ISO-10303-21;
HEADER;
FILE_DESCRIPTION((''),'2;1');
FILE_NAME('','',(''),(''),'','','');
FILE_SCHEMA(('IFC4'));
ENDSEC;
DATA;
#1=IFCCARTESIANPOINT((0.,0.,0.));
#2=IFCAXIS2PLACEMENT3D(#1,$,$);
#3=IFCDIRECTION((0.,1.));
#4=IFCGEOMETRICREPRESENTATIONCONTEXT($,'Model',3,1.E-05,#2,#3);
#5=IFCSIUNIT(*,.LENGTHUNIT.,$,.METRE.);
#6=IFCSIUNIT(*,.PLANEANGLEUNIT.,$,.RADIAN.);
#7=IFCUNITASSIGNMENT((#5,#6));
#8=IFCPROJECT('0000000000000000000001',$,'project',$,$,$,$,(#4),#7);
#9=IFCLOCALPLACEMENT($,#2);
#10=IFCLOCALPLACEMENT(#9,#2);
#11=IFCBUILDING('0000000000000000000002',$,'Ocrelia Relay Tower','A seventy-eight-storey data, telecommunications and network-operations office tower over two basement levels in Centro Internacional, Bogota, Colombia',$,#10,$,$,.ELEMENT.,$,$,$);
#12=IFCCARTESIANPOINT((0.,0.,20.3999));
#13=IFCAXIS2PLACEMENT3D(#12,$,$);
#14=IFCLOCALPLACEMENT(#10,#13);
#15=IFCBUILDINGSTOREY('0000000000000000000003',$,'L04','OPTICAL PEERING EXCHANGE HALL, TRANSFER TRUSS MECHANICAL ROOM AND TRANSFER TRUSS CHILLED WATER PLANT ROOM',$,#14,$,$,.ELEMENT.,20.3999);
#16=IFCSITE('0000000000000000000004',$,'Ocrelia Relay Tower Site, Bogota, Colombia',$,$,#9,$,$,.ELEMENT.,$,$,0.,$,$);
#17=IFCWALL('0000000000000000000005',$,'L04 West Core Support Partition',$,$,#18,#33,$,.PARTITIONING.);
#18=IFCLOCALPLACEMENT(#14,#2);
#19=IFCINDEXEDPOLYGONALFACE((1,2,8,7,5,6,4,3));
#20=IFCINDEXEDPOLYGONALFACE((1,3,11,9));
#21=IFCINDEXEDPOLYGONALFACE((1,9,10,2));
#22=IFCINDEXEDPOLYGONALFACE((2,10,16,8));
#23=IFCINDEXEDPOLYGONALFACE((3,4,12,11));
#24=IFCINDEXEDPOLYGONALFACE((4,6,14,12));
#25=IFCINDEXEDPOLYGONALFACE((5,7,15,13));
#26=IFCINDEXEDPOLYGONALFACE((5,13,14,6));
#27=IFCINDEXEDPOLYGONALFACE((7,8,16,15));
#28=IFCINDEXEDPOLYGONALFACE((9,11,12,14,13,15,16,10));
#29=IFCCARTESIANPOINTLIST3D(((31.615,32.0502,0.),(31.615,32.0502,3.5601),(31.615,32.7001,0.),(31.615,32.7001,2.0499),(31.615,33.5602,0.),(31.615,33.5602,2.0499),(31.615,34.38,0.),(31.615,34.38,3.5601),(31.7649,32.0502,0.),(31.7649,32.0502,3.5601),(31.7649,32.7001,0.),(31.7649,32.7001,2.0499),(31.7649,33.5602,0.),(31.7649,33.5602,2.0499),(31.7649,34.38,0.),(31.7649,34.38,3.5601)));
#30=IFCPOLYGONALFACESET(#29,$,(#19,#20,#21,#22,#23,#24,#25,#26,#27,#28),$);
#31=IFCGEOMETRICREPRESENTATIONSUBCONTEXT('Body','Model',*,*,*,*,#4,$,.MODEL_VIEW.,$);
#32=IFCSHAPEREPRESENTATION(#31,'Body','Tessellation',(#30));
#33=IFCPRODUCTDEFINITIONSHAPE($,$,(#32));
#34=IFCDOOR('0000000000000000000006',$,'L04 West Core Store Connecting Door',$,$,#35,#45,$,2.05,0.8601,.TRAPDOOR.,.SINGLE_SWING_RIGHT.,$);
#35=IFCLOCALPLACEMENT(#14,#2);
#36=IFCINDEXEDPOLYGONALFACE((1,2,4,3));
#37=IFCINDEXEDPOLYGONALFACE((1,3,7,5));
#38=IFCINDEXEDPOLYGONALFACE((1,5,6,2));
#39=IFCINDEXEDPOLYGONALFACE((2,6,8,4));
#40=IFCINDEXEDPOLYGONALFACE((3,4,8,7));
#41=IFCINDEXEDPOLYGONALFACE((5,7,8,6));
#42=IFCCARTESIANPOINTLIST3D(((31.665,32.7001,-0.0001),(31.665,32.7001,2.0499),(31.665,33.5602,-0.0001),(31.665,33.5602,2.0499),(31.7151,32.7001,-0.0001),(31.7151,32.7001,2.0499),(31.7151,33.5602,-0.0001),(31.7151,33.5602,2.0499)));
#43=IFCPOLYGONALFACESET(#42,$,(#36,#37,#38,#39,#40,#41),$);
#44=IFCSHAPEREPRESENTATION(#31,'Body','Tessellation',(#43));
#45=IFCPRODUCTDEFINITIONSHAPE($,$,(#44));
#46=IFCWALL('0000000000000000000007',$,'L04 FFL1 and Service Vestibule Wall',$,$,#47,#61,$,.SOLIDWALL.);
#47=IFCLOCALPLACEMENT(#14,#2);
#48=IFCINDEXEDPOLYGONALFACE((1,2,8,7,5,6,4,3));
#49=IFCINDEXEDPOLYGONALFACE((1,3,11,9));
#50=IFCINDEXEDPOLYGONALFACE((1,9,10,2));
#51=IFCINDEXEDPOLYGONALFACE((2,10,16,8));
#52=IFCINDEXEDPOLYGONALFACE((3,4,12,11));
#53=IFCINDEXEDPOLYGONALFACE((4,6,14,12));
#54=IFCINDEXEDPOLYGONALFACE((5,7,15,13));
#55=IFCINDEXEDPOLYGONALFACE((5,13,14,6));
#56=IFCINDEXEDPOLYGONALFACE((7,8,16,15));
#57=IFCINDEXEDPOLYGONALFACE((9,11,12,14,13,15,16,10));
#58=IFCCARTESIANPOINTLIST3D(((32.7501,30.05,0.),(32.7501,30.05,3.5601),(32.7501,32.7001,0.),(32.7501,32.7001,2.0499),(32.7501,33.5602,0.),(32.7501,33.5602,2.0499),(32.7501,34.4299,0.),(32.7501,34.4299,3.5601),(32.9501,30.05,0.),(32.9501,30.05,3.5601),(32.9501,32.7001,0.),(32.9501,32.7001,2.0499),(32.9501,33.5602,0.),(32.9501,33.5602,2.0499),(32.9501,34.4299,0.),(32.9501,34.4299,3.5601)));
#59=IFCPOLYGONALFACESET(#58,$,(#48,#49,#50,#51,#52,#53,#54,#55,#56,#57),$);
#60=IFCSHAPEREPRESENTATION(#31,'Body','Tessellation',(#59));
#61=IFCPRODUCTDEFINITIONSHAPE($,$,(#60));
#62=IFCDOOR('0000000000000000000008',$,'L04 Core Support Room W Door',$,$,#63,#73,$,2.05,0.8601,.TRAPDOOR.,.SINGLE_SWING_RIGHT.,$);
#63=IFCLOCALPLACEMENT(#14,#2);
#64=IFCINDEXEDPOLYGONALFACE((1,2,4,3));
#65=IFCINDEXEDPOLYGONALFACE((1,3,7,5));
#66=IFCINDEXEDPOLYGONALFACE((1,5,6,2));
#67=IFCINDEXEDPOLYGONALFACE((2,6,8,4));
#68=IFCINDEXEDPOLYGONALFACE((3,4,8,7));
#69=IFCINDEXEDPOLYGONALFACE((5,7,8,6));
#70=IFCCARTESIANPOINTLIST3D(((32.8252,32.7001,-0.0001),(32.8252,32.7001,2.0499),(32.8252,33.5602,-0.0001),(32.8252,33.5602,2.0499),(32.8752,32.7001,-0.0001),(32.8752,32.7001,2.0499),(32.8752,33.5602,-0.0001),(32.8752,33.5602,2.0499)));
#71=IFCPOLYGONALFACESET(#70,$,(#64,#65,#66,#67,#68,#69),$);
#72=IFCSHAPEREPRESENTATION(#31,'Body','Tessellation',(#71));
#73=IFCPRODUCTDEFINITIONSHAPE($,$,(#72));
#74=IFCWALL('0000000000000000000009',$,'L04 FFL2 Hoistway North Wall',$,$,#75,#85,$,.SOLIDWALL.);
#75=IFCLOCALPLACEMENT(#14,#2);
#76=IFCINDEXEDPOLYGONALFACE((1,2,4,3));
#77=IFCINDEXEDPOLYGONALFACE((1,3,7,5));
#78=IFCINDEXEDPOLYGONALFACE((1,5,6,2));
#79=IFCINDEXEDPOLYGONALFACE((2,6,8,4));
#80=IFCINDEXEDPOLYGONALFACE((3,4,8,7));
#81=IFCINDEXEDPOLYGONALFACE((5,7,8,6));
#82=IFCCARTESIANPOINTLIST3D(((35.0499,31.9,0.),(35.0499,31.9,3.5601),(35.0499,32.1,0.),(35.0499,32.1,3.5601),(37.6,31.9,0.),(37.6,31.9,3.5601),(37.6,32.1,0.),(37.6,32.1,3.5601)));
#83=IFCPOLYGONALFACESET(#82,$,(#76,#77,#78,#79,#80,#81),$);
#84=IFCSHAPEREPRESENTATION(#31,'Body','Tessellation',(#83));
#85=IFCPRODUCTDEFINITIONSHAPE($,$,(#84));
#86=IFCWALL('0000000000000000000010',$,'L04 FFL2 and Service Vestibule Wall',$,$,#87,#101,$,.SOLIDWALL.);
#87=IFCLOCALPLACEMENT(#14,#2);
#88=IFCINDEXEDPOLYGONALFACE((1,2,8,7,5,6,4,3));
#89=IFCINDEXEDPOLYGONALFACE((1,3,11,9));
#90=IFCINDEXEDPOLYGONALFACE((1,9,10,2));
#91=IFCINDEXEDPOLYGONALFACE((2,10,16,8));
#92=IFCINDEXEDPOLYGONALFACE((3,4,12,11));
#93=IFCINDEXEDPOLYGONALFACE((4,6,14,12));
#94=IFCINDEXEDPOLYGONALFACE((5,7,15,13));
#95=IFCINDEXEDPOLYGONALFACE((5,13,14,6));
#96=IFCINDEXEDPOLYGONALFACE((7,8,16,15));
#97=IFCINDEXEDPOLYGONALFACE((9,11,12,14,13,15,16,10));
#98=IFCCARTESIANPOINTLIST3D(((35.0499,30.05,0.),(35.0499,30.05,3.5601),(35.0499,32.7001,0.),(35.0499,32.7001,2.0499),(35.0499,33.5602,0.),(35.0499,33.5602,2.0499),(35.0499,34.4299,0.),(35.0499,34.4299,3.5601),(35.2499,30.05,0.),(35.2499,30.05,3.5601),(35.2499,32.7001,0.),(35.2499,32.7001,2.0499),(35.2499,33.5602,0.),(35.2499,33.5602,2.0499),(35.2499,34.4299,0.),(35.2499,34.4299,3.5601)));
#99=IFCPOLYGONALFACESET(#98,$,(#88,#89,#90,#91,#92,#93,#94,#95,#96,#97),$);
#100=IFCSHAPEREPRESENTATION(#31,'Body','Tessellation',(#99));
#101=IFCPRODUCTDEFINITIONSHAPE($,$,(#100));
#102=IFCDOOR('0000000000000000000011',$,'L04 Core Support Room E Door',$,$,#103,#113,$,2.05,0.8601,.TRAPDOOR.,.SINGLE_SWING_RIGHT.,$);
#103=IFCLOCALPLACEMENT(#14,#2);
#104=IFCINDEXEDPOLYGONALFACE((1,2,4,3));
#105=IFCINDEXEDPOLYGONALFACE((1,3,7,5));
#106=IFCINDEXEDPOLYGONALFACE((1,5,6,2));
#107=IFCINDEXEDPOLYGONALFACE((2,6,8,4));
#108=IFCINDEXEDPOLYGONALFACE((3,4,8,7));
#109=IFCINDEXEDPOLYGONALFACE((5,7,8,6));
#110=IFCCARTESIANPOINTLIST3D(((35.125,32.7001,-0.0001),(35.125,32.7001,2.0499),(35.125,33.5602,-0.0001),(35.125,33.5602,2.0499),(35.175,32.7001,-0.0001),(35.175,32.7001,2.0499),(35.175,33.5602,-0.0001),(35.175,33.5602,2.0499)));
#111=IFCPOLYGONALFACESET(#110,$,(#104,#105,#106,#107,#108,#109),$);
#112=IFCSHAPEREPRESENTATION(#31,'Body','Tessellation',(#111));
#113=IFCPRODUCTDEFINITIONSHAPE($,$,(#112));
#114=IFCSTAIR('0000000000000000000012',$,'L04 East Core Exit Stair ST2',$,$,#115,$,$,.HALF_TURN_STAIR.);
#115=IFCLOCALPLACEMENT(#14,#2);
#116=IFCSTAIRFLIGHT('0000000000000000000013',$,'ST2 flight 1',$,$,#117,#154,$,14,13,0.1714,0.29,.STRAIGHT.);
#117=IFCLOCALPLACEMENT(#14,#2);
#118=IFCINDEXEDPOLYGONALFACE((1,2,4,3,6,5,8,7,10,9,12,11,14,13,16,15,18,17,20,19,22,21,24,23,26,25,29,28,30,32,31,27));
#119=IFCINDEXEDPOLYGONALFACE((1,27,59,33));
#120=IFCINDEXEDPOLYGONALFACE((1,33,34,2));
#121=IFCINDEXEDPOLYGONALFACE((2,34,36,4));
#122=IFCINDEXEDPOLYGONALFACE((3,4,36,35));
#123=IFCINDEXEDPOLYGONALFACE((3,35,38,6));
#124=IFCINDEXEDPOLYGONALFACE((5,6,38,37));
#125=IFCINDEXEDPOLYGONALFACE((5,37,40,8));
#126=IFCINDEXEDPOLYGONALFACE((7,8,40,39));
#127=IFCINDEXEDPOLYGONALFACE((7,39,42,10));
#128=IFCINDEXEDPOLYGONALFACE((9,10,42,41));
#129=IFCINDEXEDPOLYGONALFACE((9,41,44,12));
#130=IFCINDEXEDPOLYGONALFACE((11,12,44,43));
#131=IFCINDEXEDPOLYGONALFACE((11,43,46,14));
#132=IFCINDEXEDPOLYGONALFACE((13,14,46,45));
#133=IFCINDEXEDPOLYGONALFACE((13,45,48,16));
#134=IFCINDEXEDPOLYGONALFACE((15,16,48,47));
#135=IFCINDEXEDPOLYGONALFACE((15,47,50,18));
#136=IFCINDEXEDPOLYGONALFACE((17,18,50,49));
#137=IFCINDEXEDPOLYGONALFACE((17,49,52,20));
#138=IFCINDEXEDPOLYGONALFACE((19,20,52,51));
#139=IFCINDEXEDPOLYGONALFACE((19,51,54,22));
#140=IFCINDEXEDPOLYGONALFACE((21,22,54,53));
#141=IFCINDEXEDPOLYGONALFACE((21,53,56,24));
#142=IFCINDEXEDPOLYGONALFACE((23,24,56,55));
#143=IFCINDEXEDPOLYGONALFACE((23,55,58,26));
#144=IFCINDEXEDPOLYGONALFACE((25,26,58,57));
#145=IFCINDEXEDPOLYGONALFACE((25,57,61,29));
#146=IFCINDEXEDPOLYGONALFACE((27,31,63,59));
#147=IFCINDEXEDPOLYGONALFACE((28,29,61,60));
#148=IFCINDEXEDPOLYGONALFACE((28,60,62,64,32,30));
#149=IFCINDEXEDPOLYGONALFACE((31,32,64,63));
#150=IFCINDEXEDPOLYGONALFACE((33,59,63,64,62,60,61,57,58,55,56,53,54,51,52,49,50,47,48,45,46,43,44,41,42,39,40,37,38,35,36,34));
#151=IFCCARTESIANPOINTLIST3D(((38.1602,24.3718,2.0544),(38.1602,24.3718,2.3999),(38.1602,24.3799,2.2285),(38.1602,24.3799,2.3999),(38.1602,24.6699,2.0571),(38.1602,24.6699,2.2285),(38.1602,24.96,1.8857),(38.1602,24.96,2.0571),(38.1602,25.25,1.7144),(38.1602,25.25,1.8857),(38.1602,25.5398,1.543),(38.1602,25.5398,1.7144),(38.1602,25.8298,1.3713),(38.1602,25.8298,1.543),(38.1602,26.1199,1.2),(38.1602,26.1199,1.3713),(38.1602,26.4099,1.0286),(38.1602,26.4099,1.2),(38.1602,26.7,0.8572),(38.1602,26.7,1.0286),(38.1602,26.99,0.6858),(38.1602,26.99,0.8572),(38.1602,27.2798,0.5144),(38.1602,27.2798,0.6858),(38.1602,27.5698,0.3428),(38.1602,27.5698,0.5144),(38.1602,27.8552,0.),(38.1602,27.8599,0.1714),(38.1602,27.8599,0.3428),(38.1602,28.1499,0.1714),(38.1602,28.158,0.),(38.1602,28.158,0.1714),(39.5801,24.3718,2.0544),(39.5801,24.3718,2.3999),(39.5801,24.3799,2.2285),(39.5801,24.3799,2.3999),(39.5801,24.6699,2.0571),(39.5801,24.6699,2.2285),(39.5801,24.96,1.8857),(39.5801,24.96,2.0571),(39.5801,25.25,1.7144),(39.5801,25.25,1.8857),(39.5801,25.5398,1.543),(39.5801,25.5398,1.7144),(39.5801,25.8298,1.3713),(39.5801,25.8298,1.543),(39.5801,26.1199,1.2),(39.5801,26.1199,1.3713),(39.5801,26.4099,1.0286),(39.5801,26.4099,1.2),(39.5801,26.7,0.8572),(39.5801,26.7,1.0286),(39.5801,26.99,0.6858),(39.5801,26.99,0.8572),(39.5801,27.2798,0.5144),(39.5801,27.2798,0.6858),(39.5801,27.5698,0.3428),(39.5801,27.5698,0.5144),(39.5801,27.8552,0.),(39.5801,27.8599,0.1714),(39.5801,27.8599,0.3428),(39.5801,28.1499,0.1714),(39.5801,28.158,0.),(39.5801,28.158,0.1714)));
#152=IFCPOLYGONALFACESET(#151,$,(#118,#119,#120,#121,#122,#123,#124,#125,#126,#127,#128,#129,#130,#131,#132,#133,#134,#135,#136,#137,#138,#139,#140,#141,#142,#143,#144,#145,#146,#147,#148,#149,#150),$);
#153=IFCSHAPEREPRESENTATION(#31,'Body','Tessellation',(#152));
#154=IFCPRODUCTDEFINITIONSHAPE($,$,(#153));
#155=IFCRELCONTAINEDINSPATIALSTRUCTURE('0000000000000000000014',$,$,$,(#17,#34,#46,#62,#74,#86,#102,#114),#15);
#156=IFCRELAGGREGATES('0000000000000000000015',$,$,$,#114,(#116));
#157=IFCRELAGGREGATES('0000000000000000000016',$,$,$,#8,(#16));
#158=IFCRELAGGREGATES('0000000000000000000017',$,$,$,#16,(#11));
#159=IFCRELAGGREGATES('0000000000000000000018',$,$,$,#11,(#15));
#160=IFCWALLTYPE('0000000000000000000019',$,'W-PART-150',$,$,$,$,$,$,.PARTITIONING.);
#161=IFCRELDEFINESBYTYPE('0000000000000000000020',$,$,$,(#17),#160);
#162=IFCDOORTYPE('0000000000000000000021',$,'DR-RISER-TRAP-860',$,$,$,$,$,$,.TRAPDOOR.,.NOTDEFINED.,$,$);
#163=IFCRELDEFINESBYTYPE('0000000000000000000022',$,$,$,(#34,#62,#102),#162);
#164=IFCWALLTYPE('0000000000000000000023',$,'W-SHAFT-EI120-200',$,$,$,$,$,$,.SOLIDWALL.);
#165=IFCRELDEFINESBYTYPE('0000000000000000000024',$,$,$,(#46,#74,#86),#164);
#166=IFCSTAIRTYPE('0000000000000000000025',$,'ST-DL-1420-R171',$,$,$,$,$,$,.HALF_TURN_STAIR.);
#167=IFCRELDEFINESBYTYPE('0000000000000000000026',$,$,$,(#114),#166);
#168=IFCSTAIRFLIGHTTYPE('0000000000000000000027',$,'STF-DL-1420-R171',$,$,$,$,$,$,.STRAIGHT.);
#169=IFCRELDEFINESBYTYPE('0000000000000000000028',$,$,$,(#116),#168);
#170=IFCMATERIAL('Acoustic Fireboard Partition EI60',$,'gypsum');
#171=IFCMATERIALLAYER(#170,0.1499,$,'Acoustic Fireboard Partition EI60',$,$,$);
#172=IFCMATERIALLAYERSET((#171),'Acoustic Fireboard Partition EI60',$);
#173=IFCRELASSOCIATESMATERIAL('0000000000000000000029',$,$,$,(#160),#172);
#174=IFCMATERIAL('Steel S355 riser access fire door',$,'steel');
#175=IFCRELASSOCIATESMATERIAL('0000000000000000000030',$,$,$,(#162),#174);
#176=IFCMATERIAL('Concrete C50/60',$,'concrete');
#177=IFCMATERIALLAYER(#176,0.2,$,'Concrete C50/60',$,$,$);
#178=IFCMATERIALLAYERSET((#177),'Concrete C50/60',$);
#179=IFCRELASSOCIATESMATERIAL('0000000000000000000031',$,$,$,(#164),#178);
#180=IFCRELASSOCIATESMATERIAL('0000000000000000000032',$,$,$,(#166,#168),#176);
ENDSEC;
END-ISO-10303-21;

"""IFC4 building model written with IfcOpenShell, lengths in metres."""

from ifc_helpers import new_model, si_unit, direction, frame, frame_2d, origin, place, context, subcontext, project, spatial, polyline, rectangle, outline, extrude, material, layer, layer_set, type_object, element, fill, aggregate, save


model = new_model("IFC4")

# Units and contexts
model_context = context("Model", 3, precision=1e-05, world=origin(), true_north=direction((0.0, 1.0)))
body_context = subcontext(model_context, "Body", "Model", "MODEL_VIEW")
ifc_project = project(units=[si_unit("LENGTHUNIT", "METRE"), si_unit("PLANEANGLEUNIT", "RADIAN")], contexts=[model_context])

# Site, building, storey
site_placement = place(None, origin())
site = spatial("IfcSite", under=ifc_project, at=site_placement, Name="Ocrelia Relay Tower Site, Bogota, Colombia", CompositionType="ELEMENT", RefElevation=0.0)
building_placement = place(site_placement, origin())
building = spatial("IfcBuilding", under=site, at=building_placement, Name="Ocrelia Relay Tower", Description="A seventy-eight-storey data, telecommunications and network-operations office tower over two basement levels in Centro Internacional, Bogota, Colombia", CompositionType="ELEMENT")
storey_placement = place(building_placement, frame((0.0, 0.0, 20.3999)))
storey = spatial("IfcBuildingStorey", under=building, at=storey_placement, Name="L04", Description="OPTICAL PEERING EXCHANGE HALL, TRANSFER TRUSS MECHANICAL ROOM AND TRANSFER TRUSS CHILLED WATER PLANT ROOM", CompositionType="ELEMENT", Elevation=20.3999)

# Walls, openings, doors
ifc_material_1 = material(Name="Concrete C50/60", Category="concrete")
ifc_material_2 = material(Name="Acoustic Fireboard Partition EI60", Category="gypsum")
ifc_layer_1 = layer(ifc_material_2, 0.1499, Name="Acoustic Fireboard Partition EI60")
ifc_layer_set_1 = layer_set([ifc_layer_1], Name="Acoustic Fireboard Partition EI60")
wall_type_1 = type_object("IfcWallType", Name="W-PART-150", PredefinedType="PARTITIONING", material=ifc_layer_set_1)
wall_1_placement = place(storey_placement, frame((31.6899, 32.05, 0.0), z_axis=(0.0, 0.0, 1.0), x_axis=(0.0, 1.0, 0.0)))
wall_1 = element("IfcWall", 1, at=wall_1_placement, inside=storey, type_object=wall_type_1, Name="L04 West Core Support Partition", PredefinedType="PARTITIONING", context=body_context, shape_type="SweptSolid", body=[
    extrude(rectangle(XDim=2.3298, YDim=0.1499, at=frame_2d((1.165, 0.0))), origin(), (0.0, 0.0, 1.0), 3.5601),
])
opening_1_placement = place(wall_1_placement, frame((0.6499, 0.0, 0.0)))
opening_1 = element("IfcOpeningElement", 2, at=opening_1_placement, cuts=wall_1, PredefinedType="OPENING", context=body_context, shape_type="SweptSolid", body=[
    extrude(rectangle(XDim=0.8601, YDim=2.05, at=frame_2d((0.4302, 1.0249))), frame((0.0, 0.085, 0.0), z_axis=(0.0, -1.0, 0.0), x_axis=(1.0, 0.0, 0.0)), (0.0, 0.0, 1.0), 0.1699),
])
ifc_material_3 = material(Name="Steel S355 riser access fire door", Category="steel")
door_type_1 = type_object("IfcDoorType", Name="DR-RISER-TRAP-860", OperationType="NOTDEFINED", PredefinedType="TRAPDOOR", material=ifc_material_3)
door_1_placement = place(opening_1_placement, origin())
door_1 = element("IfcDoor", 3, at=door_1_placement, inside=storey, type_object=door_type_1, Name="L04 West Core Store Connecting Door", OperationType="SINGLE_SWING_RIGHT", OverallHeight=2.05, OverallWidth=0.8601, PredefinedType="TRAPDOOR", context=body_context, shape_type="SweptSolid", body=[
    extrude(rectangle(XDim=0.8601, YDim=2.05, at=frame_2d((0.4302, 1.0249))), frame((0.0, 0.0249, 0.0), z_axis=(0.0, -1.0, 0.0), x_axis=(1.0, 0.0, 0.0)), (0.0, 0.0, 1.0), 0.05),
])
fill(opening_1, door_1)
ifc_layer_2 = layer(ifc_material_1, 0.2, Name="Concrete C50/60")
ifc_layer_set_2 = layer_set([ifc_layer_2], Name="Concrete C50/60")
wall_type_2 = type_object("IfcWallType", Name="W-SHAFT-EI120-200", PredefinedType="SOLIDWALL", material=ifc_layer_set_2)
wall_2_placement = place(storey_placement, frame((32.8501, 30.05, 0.0), z_axis=(0.0, 0.0, 1.0), x_axis=(0.0, 1.0, 0.0)))
wall_2 = element("IfcWall", 4, at=wall_2_placement, inside=storey, type_object=wall_type_2, Name="L04 FFL1 and Service Vestibule Wall", PredefinedType="SOLIDWALL", context=body_context, shape_type="SweptSolid", body=[
    extrude(rectangle(XDim=4.3799, YDim=0.2, at=frame_2d((2.1899, 0.0))), origin(), (0.0, 0.0, 1.0), 3.5601),
])
opening_2_placement = place(wall_2_placement, frame((2.6499, 0.0, 0.0)))
opening_2 = element("IfcOpeningElement", 5, at=opening_2_placement, cuts=wall_2, PredefinedType="OPENING", context=body_context, shape_type="SweptSolid", body=[
    extrude(rectangle(XDim=0.8601, YDim=2.05, at=frame_2d((0.4302, 1.0249))), frame((0.0, 0.1099, 0.0), z_axis=(0.0, -1.0, 0.0), x_axis=(1.0, 0.0, 0.0)), (0.0, 0.0, 1.0), 0.22),
])
door_2_placement = place(opening_2_placement, origin())
door_2 = element("IfcDoor", 6, at=door_2_placement, inside=storey, type_object=door_type_1, Name="L04 Core Support Room W Door", OperationType="SINGLE_SWING_RIGHT", OverallHeight=2.05, OverallWidth=0.8601, PredefinedType="TRAPDOOR", context=body_context, shape_type="SweptSolid", body=[
    extrude(rectangle(XDim=0.8601, YDim=2.05, at=frame_2d((0.4302, 1.0249))), frame((0.0, 0.0249, 0.0), z_axis=(0.0, -1.0, 0.0), x_axis=(1.0, 0.0, 0.0)), (0.0, 0.0, 1.0), 0.05),
])
fill(opening_2, door_2)

# Wall
wall_3_placement = place(storey_placement, frame((35.05, 32.0, 0.0), z_axis=(0.0, 0.0, 1.0), x_axis=(1.0, 0.0, 0.0)))
element("IfcWall", 7, at=wall_3_placement, inside=storey, type_object=wall_type_2, Name="L04 FFL2 Hoistway North Wall", PredefinedType="SOLIDWALL", context=body_context, shape_type="SweptSolid", body=[
    extrude(rectangle(XDim=2.55, YDim=0.2, at=frame_2d((1.2749, 0.0))), origin(), (0.0, 0.0, 1.0), 3.5601),
])

# Wall, opening, door
wall_4_placement = place(storey_placement, frame((35.1499, 30.05, 0.0), z_axis=(0.0, 0.0, 1.0), x_axis=(0.0, 1.0, 0.0)))
wall_4 = element("IfcWall", 8, at=wall_4_placement, inside=storey, type_object=wall_type_2, Name="L04 FFL2 and Service Vestibule Wall", PredefinedType="SOLIDWALL", context=body_context, shape_type="SweptSolid", body=[
    extrude(rectangle(XDim=4.3799, YDim=0.2, at=frame_2d((2.1899, 0.0))), origin(), (0.0, 0.0, 1.0), 3.5601),
])
opening_3_placement = place(wall_4_placement, frame((2.6499, 0.0, 0.0)))
opening_3 = element("IfcOpeningElement", 9, at=opening_3_placement, cuts=wall_4, PredefinedType="OPENING", context=body_context, shape_type="SweptSolid", body=[
    extrude(rectangle(XDim=0.8601, YDim=2.05, at=frame_2d((0.4302, 1.0249))), frame((0.0, 0.1099, 0.0), z_axis=(0.0, -1.0, 0.0), x_axis=(1.0, 0.0, 0.0)), (0.0, 0.0, 1.0), 0.22),
])
door_3_placement = place(opening_3_placement, origin())
door_3 = element("IfcDoor", 10, at=door_3_placement, inside=storey, type_object=door_type_1, Name="L04 Core Support Room E Door", OperationType="SINGLE_SWING_RIGHT", OverallHeight=2.05, OverallWidth=0.8601, PredefinedType="TRAPDOOR", context=body_context, shape_type="SweptSolid", body=[
    extrude(rectangle(XDim=0.8601, YDim=2.05, at=frame_2d((0.4302, 1.0249))), frame((0.0, 0.0249, 0.0), z_axis=(0.0, -1.0, 0.0), x_axis=(1.0, 0.0, 0.0)), (0.0, 0.0, 1.0), 0.05),
])
fill(opening_3, door_3)

# Stair, stair flight
stair_type = type_object("IfcStairType", Name="ST-DL-1420-R171", PredefinedType="HALF_TURN_STAIR", material=ifc_material_1)
stair_placement = place(storey_placement, origin())
stair = element("IfcStair", 11, at=stair_placement, inside=storey, type_object=stair_type, Name="L04 East Core Exit Stair ST2", PredefinedType="HALF_TURN_STAIR")
stair_flight_type = type_object("IfcStairFlightType", Name="STF-DL-1420-R171", PredefinedType="STRAIGHT", material=ifc_material_1)
stair_flight_placement = place(storey_placement, frame((38.8701, 28.1499, 0.0), z_axis=(0.0, 0.0, 1.0), x_axis=(0.0, -1.0, 0.0)))
stair_flight = element("IfcStairFlight", 12, at=stair_flight_placement, type_object=stair_flight_type, Name="ST2 flight 1", NumberOfRisers=14, NumberOfTreads=13, PredefinedType="STRAIGHT", RiserHeight=0.1714, TreadLength=0.29, context=body_context, shape_type="SweptSolid", body=[
    extrude(outline(polyline([(-0.0081, 0.0), (-0.0081, 0.1714), (0.0, 0.1714), (0.29, 0.1714), (0.29, 0.3428), (0.5801, 0.3428), (0.5801, 0.5144), (0.8701, 0.5144), (0.8701, 0.6858), (1.1599, 0.6858), (1.1599, 0.8572), (1.45, 0.8572), (1.45, 1.0286), (1.74, 1.0286), (1.74, 1.2), (2.03, 1.2), (2.03, 1.3713), (2.3201, 1.3713), (2.3201, 1.543), (2.6101, 1.543), (2.6101, 1.7144), (2.8999, 1.7144), (2.8999, 1.8857), (3.1899, 1.8857), (3.1899, 2.0571), (3.48, 2.0571), (3.48, 2.2285), (3.77, 2.2285), (3.77, 2.3999), (3.7781, 2.3999), (3.7781, 2.0544), (0.2947, 0.0), (-0.0081, 0.0)])), frame((0.0, 0.71, 0.0), z_axis=(0.0, -1.0, 0.0), x_axis=(1.0, 0.0, 0.0)), (0.0, 0.0, 1.0), 1.4199),
])
aggregate(stair, [stair_flight])

save(model, "model.ifc")
